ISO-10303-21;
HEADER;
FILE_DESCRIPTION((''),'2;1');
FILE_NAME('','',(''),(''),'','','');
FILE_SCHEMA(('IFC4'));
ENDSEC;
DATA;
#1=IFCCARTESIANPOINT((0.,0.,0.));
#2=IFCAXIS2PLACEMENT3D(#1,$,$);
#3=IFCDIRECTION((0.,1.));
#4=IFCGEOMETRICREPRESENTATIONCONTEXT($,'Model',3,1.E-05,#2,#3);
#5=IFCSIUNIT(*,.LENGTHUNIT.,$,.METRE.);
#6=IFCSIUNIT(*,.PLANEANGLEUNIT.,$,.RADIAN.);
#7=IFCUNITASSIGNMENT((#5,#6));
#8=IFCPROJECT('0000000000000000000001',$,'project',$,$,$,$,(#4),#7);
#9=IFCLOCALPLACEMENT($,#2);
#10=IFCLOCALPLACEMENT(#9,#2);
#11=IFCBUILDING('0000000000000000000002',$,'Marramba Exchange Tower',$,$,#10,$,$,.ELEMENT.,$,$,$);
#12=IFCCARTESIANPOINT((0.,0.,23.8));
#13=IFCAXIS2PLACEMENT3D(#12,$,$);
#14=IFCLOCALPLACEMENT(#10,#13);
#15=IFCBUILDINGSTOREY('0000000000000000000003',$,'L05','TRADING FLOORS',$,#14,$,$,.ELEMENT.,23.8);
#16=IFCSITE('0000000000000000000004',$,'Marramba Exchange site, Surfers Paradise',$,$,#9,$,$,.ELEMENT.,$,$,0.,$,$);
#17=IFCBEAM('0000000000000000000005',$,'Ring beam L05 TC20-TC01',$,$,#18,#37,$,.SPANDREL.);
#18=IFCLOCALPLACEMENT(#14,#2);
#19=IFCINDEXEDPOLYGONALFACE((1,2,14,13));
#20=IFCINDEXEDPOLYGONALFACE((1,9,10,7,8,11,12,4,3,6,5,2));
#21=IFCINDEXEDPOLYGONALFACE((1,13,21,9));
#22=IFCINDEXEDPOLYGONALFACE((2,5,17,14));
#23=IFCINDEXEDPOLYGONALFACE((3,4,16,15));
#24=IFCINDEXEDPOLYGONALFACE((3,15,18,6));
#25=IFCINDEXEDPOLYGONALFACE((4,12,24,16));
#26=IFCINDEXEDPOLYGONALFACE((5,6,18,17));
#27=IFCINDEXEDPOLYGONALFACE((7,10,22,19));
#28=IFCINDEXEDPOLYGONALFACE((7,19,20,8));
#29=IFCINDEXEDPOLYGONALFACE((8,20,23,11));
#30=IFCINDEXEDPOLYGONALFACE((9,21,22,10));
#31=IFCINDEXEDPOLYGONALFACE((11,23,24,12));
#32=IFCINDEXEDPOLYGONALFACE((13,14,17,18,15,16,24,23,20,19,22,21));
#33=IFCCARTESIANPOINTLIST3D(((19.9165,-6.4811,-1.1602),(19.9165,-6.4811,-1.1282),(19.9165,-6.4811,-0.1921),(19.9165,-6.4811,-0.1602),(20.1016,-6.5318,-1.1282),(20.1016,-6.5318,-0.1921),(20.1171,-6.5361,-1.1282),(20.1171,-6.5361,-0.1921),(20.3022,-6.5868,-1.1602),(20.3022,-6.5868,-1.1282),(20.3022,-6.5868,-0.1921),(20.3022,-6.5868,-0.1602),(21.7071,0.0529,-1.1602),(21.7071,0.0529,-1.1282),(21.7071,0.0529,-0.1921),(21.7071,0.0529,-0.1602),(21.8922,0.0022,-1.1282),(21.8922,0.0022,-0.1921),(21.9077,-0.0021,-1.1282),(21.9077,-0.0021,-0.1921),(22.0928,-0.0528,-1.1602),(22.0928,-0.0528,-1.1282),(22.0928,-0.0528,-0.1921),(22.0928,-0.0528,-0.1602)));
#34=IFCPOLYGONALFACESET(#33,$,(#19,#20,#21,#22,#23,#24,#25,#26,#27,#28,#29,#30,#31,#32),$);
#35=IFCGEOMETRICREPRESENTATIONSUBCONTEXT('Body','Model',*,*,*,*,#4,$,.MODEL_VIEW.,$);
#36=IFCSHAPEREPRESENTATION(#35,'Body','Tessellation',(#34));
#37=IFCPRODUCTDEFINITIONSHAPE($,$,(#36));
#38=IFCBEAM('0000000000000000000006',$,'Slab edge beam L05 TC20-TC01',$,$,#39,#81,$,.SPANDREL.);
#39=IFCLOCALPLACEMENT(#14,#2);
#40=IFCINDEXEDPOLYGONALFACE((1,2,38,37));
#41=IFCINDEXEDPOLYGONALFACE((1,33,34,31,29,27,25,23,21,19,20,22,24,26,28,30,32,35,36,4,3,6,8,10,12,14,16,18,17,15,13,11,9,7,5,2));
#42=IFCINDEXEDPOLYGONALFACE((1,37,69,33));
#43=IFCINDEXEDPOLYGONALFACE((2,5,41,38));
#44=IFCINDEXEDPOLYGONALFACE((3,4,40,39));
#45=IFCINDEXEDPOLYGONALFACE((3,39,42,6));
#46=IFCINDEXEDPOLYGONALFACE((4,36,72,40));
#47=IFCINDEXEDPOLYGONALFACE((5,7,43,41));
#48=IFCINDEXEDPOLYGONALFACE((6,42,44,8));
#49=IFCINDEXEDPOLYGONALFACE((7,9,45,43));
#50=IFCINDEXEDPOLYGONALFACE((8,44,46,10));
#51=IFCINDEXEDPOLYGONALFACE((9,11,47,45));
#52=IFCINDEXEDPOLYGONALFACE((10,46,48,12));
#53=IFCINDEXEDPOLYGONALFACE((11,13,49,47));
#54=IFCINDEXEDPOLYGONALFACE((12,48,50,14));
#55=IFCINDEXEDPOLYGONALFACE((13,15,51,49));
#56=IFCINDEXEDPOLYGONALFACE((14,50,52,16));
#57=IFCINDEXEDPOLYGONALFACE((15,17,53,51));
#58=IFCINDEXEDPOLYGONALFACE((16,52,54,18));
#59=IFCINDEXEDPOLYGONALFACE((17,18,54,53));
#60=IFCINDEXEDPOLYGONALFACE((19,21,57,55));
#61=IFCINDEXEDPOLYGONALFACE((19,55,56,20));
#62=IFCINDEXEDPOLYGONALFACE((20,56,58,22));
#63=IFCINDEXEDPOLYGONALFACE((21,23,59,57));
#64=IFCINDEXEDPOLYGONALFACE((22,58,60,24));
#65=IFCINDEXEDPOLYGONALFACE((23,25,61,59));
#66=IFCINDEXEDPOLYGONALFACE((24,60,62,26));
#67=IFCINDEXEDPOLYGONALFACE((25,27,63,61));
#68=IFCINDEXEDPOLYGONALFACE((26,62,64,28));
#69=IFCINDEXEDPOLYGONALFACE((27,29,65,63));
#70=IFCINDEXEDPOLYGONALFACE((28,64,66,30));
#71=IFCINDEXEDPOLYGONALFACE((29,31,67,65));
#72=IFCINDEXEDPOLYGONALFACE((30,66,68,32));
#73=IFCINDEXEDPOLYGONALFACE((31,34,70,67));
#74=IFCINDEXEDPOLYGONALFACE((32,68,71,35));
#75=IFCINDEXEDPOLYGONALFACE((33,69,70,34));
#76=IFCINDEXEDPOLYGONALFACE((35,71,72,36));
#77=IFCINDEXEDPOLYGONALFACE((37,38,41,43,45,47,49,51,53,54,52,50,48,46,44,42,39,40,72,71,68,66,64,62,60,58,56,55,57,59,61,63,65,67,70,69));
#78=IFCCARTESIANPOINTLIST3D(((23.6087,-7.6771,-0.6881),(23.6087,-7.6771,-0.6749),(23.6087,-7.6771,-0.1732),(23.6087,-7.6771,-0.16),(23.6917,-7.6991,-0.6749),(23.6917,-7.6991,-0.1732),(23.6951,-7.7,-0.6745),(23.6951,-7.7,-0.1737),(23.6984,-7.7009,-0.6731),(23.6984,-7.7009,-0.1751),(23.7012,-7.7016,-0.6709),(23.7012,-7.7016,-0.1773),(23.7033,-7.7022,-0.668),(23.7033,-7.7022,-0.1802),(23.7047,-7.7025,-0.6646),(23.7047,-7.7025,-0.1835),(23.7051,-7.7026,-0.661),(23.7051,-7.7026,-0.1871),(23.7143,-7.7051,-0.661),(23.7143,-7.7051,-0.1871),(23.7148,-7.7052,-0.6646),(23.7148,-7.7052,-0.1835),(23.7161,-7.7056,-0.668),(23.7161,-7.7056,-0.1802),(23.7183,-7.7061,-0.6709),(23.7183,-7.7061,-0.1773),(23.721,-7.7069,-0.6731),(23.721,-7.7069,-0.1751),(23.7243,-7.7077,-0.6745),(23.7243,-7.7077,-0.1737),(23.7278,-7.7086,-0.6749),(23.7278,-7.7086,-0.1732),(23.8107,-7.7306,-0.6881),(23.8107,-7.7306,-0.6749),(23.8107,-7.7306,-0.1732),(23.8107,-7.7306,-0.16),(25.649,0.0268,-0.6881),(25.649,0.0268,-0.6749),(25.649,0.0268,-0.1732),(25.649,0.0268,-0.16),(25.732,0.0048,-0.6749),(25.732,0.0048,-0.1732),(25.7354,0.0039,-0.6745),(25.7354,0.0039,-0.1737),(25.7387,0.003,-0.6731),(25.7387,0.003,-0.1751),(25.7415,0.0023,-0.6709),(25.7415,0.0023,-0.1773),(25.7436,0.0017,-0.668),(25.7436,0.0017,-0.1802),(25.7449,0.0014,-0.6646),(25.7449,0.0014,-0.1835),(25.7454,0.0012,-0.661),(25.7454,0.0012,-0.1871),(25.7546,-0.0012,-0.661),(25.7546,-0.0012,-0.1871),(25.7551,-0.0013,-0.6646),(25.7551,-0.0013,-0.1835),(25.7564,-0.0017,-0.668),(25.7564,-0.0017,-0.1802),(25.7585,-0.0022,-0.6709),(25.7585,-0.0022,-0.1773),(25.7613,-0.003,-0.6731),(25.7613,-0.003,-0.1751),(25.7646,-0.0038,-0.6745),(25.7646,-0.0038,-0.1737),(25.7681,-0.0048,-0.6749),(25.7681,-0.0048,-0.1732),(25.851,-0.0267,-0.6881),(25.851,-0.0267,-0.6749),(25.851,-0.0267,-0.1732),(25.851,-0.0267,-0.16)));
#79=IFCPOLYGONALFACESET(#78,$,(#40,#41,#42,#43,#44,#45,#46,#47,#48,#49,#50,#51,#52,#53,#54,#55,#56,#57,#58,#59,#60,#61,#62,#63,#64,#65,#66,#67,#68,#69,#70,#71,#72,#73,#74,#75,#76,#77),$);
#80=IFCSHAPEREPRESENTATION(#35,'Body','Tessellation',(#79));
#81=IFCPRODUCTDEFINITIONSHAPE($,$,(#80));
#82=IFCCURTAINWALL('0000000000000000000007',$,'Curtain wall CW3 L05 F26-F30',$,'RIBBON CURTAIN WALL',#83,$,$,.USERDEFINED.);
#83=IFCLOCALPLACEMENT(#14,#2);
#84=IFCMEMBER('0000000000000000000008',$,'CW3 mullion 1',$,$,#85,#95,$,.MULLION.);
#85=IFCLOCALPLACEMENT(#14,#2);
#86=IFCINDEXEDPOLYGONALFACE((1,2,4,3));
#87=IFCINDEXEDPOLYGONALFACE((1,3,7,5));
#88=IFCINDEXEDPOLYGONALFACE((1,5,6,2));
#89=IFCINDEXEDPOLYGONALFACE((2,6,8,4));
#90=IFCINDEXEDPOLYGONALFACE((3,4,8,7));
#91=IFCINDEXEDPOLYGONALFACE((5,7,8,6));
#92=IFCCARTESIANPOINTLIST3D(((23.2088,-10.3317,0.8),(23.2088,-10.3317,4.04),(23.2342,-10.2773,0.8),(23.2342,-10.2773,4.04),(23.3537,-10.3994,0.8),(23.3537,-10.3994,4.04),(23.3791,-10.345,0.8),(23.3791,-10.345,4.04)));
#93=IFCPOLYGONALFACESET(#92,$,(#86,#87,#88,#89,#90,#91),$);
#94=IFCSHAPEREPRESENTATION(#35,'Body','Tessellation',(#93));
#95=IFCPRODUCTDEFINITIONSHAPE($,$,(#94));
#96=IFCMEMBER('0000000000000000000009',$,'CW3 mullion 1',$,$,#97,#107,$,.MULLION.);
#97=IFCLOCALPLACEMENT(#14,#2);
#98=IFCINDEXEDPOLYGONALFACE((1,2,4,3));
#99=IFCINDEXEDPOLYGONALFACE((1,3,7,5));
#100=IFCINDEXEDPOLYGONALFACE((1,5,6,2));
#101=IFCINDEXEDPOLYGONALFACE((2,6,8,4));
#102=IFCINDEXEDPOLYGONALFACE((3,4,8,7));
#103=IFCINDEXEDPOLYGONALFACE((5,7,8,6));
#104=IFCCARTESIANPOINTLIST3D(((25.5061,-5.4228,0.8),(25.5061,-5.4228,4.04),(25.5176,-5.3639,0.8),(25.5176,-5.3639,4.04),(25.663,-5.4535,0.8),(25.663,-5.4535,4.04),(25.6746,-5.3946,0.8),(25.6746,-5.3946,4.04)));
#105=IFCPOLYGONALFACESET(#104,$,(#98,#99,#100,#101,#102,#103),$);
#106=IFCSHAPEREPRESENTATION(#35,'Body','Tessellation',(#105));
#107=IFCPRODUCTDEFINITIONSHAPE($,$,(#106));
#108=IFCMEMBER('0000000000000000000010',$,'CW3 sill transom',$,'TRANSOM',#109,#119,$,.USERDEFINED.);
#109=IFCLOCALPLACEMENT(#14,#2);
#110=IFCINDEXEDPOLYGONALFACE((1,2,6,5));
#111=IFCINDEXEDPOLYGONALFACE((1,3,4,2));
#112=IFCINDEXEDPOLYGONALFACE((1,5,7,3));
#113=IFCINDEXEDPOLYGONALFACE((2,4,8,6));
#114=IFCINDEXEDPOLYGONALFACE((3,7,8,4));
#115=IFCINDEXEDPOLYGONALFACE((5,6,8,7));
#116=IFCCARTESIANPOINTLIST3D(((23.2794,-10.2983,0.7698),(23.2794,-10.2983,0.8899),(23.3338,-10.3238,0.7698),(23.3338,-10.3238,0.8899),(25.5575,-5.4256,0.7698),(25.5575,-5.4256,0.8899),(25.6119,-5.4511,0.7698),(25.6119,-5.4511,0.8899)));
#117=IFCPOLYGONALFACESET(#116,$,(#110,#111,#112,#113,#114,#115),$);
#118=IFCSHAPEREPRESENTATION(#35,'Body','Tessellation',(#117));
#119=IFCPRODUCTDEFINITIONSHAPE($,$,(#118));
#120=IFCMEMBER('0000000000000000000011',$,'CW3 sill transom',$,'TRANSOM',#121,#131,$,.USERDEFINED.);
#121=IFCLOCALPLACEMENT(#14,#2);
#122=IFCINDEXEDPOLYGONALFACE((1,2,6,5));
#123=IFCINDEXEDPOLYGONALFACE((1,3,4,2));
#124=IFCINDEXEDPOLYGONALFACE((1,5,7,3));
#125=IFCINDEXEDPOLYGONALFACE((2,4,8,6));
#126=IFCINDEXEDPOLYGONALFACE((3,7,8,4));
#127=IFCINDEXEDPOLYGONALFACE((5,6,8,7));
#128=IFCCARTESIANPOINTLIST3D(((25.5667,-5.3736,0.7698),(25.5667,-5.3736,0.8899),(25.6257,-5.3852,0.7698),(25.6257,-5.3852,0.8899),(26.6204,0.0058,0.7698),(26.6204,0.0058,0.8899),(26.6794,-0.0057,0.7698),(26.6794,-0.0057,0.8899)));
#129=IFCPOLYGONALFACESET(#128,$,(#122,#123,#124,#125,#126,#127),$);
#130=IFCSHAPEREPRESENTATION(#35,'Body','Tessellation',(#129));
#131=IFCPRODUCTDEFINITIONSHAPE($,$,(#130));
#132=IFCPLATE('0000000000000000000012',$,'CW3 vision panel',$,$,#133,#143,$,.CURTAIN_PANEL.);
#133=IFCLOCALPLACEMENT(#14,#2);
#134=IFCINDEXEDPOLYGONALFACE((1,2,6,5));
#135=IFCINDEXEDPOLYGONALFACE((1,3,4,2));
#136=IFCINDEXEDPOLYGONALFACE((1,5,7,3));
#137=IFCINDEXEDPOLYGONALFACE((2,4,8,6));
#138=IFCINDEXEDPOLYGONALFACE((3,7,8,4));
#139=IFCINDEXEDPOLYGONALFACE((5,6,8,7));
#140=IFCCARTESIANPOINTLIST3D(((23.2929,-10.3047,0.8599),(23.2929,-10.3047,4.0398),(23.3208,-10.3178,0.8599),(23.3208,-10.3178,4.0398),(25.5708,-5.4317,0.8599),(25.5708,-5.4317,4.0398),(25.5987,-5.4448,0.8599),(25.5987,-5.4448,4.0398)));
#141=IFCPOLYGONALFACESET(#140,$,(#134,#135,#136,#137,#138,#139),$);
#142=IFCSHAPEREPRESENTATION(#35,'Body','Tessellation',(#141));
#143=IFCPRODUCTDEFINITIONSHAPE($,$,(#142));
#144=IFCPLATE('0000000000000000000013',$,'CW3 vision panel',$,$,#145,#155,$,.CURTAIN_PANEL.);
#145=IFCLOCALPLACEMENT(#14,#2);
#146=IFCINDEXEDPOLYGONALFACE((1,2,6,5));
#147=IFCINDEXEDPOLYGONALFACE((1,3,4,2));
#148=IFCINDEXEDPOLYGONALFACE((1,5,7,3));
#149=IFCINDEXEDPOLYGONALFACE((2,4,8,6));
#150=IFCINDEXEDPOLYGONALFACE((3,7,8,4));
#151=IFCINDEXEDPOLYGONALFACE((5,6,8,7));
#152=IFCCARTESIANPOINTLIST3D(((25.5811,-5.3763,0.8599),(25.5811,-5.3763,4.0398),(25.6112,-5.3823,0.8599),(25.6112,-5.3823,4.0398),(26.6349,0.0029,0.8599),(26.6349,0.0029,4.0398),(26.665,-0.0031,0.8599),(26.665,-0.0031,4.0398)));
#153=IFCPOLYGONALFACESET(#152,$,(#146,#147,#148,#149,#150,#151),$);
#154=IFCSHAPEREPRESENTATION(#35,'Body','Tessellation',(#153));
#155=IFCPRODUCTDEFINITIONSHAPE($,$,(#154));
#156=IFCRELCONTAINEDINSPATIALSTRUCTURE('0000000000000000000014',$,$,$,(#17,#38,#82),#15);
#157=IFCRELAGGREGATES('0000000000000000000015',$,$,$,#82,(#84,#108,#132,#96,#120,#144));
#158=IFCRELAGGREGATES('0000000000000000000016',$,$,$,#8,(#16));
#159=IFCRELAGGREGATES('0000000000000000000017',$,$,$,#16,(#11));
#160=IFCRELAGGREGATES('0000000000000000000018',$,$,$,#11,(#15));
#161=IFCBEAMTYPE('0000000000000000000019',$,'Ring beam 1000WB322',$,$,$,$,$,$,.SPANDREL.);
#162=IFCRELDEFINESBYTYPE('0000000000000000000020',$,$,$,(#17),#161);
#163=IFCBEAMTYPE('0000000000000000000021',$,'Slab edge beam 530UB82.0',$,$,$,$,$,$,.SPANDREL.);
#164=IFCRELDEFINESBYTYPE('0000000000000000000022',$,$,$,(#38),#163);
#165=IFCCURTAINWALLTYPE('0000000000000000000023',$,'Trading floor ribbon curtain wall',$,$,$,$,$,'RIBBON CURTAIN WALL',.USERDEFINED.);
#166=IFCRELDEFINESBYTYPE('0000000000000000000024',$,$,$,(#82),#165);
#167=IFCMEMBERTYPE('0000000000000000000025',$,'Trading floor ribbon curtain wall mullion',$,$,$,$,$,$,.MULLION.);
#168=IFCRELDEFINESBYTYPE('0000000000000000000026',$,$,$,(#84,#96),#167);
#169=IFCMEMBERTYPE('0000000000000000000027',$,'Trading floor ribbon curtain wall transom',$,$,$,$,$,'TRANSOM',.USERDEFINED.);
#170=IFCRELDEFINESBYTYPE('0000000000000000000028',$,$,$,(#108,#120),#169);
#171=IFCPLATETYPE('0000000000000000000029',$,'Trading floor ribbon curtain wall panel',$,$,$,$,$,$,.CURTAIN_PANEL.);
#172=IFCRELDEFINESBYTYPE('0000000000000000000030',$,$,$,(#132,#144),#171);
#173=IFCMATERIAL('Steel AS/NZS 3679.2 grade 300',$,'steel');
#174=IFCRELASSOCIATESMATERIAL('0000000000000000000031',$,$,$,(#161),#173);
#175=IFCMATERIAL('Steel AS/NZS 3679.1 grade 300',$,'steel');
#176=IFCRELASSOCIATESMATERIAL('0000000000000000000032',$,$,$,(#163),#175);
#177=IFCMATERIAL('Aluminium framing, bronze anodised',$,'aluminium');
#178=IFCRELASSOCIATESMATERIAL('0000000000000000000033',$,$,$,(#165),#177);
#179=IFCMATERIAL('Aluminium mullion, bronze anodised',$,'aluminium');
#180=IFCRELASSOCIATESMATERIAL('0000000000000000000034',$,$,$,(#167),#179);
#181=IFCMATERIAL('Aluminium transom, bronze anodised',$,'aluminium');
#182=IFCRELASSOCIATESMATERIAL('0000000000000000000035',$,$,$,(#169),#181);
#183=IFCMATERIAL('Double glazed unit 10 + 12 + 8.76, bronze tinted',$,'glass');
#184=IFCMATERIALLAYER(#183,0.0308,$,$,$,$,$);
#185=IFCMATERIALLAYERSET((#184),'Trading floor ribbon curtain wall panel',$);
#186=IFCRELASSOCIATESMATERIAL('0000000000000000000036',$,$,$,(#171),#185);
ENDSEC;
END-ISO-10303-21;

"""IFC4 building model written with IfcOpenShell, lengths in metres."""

from ifc_helpers import new_model, si_unit, direction, frame, origin, origin_2d, place, context, subcontext, project, spatial, rectangle, i_section, extrude, material, layer, layer_set, material_profile, profile_set, type_object, element, aggregate, save


model = new_model("IFC4")

# Units and contexts
model_context = context("Model", 3, precision=1e-05, world=origin(), true_north=direction((0.0, 1.0)))
body_context = subcontext(model_context, "Body", "Model", "MODEL_VIEW")
ifc_project = project(units=[si_unit("LENGTHUNIT", "METRE"), si_unit("PLANEANGLEUNIT", "RADIAN")], contexts=[model_context])

# Site, building, storey
site_placement = place(None, origin())
site = spatial("IfcSite", under=ifc_project, at=site_placement, Name="Marramba Exchange site, Surfers Paradise", CompositionType="ELEMENT", RefElevation=0.0)
building_placement = place(site_placement, origin())
building = spatial("IfcBuilding", under=site, at=building_placement, Name="Marramba Exchange Tower", CompositionType="ELEMENT")
storey_placement = place(building_placement, frame((0.0, 0.0, 23.8)))
storey = spatial("IfcBuildingStorey", under=building, at=storey_placement, Name="L05", Description="TRADING FLOORS", CompositionType="ELEMENT", Elevation=23.8)

# Beams
ifc_material_1 = material(Name="Steel AS/NZS 3679.2 grade 300", Category="steel")
ifc_material_2 = material(Name="Steel AS/NZS 3679.1 grade 300", Category="steel")
ifc_material_profile_1 = material_profile(ifc_material_1, i_section(OverallWidth=0.3999, OverallDepth=1.0, WebThickness=0.0161, FlangeThickness=0.032, at=origin_2d()), Name="1000WB322")
ifc_profile_set_1 = profile_set([ifc_material_profile_1], Name="Steel AS/NZS 3679.2 grade 300")
beam_type_1 = type_object("IfcBeamType", Name="Ring beam 1000WB322", PredefinedType="SPANDREL", material=ifc_profile_set_1)
beam_1_placement = place(storey_placement, frame((20.1094, -6.5339, -0.6602), z_axis=(0.264291, 0.964443, 0.0), x_axis=(-0.964443, 0.264291, 0.0)))
element("IfcBeam", 1, at=beam_1_placement, inside=storey, type_object=beam_type_1, Name="Ring beam L05 TC20-TC01", PredefinedType="SPANDREL", context=body_context, shape_type="SweptSolid", body=[
    extrude(i_section(OverallWidth=0.3999, OverallDepth=1.0, WebThickness=0.0161, FlangeThickness=0.032, at=origin_2d()), origin(), (0.0, 0.0, 1.0), 6.7749),
])
ifc_material_profile_2 = material_profile(ifc_material_2, i_section(OverallWidth=0.209, OverallDepth=0.5281, WebThickness=0.0095, FlangeThickness=0.0132, FilletRadius=0.0139, at=origin_2d()), Name="530UB82.0")
ifc_profile_set_2 = profile_set([ifc_material_profile_2], Name="Steel AS/NZS 3679.1 grade 300")
beam_type_2 = type_object("IfcBeamType", Name="Slab edge beam 530UB82.0", PredefinedType="SPANDREL", material=ifc_profile_set_2)
beam_2_placement = place(storey_placement, frame((23.7097, -7.7039, -0.4241), z_axis=(0.256013, 0.966673, 0.0), x_axis=(-0.966673, 0.256013, 0.0)))
element("IfcBeam", 2, at=beam_2_placement, inside=storey, type_object=beam_type_2, Name="Slab edge beam L05 TC20-TC01", PredefinedType="SPANDREL", context=body_context, shape_type="SweptSolid", body=[
    extrude(i_section(OverallWidth=0.209, OverallDepth=0.5281, WebThickness=0.0095, FlangeThickness=0.0132, FilletRadius=0.0139, at=origin_2d()), origin(), (0.0, 0.0, 1.0), 7.9695),
])

# Curtain wall, members, plates
ifc_material_3 = material(Name="Aluminium framing, bronze anodised", Category="aluminium")
curtain_wall_type = type_object("IfcCurtainWallType", Name="Trading floor ribbon curtain wall", ElementType="RIBBON CURTAIN WALL", PredefinedType="USERDEFINED", material=ifc_material_3)
curtain_wall_placement = place(storey_placement, origin())
curtain_wall = element("IfcCurtainWall", 3, at=curtain_wall_placement, inside=storey, type_object=curtain_wall_type, Name="Curtain wall CW3 L05 F26-F30", ObjectType="RIBBON CURTAIN WALL", PredefinedType="USERDEFINED")
ifc_material_4 = material(Name="Aluminium mullion, bronze anodised", Category="aluminium")
ifc_material_profile_3 = material_profile(ifc_material_4, rectangle(XDim=0.1599, YDim=0.0601, at=origin_2d()), Name="CW3 mullion 60x160")
ifc_profile_set_3 = profile_set([ifc_material_profile_3], Name="Aluminium mullion, bronze anodised")
member_type_1 = type_object("IfcMemberType", Name="Trading floor ribbon curtain wall mullion", PredefinedType="MULLION", material=ifc_profile_set_3)
member_1_placement = place(storey_placement, frame((23.2939, -10.3384, 0.8), z_axis=(0.0, 0.0, 1.0), x_axis=(-0.905907, 0.423477, 0.0)))
member_1 = element("IfcMember", 4, at=member_1_placement, type_object=member_type_1, Name="CW3 mullion 1", PredefinedType="MULLION", context=body_context, shape_type="SweptSolid", body=[
    extrude(rectangle(XDim=0.1599, YDim=0.0601, at=origin_2d()), origin(), (0.0, 0.0, 1.0), 3.24),
])
member_2_placement = place(storey_placement, frame((25.5903, -5.4087, 0.8), z_axis=(0.0, 0.0, 1.0), x_axis=(-0.981346, 0.192249, 0.0)))
member_2 = element("IfcMember", 5, at=member_2_placement, type_object=member_type_1, Name="CW3 mullion 1", PredefinedType="MULLION", context=body_context, shape_type="SweptSolid", body=[
    extrude(rectangle(XDim=0.1599, YDim=0.0601, at=origin_2d()), origin(), (0.0, 0.0, 1.0), 3.24),
])
ifc_material_5 = material(Name="Aluminium transom, bronze anodised", Category="aluminium")
ifc_material_profile_4 = material_profile(ifc_material_5, rectangle(XDim=0.0601, YDim=0.1201, at=origin_2d()), Name="CW3 transom 60x120")
ifc_profile_set_4 = profile_set([ifc_material_profile_4], Name="Aluminium transom, bronze anodised")
member_type_2 = type_object("IfcMemberType", Name="Trading floor ribbon curtain wall transom", ElementType="TRANSOM", PredefinedType="USERDEFINED", material=ifc_profile_set_4)
member_3_placement = place(storey_placement, frame((23.3066, -10.311, 0.8298), z_axis=(0.423512, 0.905891, 0.0), x_axis=(-0.905891, 0.423512, 0.0)))
member_3 = element("IfcMember", 6, at=member_3_placement, type_object=member_type_2, Name="CW3 sill transom", ObjectType="TRANSOM", PredefinedType="USERDEFINED", context=body_context, shape_type="SweptSolid", body=[
    extrude(rectangle(XDim=0.0601, YDim=0.1201, at=origin_2d()), origin(), (0.0, 0.0, 1.0), 5.3789),
])
member_4_placement = place(storey_placement, frame((25.5962, -5.3794, 0.8298), z_axis=(0.192226, 0.981351, 0.0), x_axis=(-0.981351, 0.192226, 0.0)))
member_4 = element("IfcMember", 7, at=member_4_placement, type_object=member_type_2, Name="CW3 sill transom", ObjectType="TRANSOM", PredefinedType="USERDEFINED", context=body_context, shape_type="SweptSolid", body=[
    extrude(rectangle(XDim=0.0601, YDim=0.1201, at=origin_2d()), origin(), (0.0, 0.0, 1.0), 5.4817),
])
ifc_material_6 = material(Name="Double glazed unit 10 + 12 + 8.76, bronze tinted", Category="glass")
ifc_layer_1 = layer(ifc_material_6, 0.0308)
ifc_layer_set_1 = layer_set([ifc_layer_1], Name="Trading floor ribbon curtain wall panel")
plate_type = type_object("IfcPlateType", Name="Trading floor ribbon curtain wall panel", PredefinedType="CURTAIN_PANEL", material=ifc_layer_set_1)
plate_1_placement = place(storey_placement, frame((24.4458, -7.8748, 0.8599), z_axis=(0.0, 0.0, 1.0), x_axis=(0.423477, 0.905907, 0.0)))
plate_1 = element("IfcPlate", 8, at=plate_1_placement, type_object=plate_type, Name="CW3 vision panel", PredefinedType="CURTAIN_PANEL", context=body_context, shape_type="SweptSolid", body=[
    extrude(rectangle(XDim=5.3792, YDim=0.0308, at=origin_2d()), origin(), (0.0, 0.0, 1.0), 3.1799),
])
plate_2_placement = place(storey_placement, frame((26.123, -2.6897, 0.8599), z_axis=(0.0, 0.0, 1.0), x_axis=(0.192249, 0.981346, 0.0)))
plate_2 = element("IfcPlate", 9, at=plate_2_placement, type_object=plate_type, Name="CW3 vision panel", PredefinedType="CURTAIN_PANEL", context=body_context, shape_type="SweptSolid", body=[
    extrude(rectangle(XDim=5.4814, YDim=0.0308, at=origin_2d()), origin(), (0.0, 0.0, 1.0), 3.1799),
])
aggregate(curtain_wall, [member_1, member_3, plate_1, member_2, member_4, plate_2])

save(model, "model.ifc")
